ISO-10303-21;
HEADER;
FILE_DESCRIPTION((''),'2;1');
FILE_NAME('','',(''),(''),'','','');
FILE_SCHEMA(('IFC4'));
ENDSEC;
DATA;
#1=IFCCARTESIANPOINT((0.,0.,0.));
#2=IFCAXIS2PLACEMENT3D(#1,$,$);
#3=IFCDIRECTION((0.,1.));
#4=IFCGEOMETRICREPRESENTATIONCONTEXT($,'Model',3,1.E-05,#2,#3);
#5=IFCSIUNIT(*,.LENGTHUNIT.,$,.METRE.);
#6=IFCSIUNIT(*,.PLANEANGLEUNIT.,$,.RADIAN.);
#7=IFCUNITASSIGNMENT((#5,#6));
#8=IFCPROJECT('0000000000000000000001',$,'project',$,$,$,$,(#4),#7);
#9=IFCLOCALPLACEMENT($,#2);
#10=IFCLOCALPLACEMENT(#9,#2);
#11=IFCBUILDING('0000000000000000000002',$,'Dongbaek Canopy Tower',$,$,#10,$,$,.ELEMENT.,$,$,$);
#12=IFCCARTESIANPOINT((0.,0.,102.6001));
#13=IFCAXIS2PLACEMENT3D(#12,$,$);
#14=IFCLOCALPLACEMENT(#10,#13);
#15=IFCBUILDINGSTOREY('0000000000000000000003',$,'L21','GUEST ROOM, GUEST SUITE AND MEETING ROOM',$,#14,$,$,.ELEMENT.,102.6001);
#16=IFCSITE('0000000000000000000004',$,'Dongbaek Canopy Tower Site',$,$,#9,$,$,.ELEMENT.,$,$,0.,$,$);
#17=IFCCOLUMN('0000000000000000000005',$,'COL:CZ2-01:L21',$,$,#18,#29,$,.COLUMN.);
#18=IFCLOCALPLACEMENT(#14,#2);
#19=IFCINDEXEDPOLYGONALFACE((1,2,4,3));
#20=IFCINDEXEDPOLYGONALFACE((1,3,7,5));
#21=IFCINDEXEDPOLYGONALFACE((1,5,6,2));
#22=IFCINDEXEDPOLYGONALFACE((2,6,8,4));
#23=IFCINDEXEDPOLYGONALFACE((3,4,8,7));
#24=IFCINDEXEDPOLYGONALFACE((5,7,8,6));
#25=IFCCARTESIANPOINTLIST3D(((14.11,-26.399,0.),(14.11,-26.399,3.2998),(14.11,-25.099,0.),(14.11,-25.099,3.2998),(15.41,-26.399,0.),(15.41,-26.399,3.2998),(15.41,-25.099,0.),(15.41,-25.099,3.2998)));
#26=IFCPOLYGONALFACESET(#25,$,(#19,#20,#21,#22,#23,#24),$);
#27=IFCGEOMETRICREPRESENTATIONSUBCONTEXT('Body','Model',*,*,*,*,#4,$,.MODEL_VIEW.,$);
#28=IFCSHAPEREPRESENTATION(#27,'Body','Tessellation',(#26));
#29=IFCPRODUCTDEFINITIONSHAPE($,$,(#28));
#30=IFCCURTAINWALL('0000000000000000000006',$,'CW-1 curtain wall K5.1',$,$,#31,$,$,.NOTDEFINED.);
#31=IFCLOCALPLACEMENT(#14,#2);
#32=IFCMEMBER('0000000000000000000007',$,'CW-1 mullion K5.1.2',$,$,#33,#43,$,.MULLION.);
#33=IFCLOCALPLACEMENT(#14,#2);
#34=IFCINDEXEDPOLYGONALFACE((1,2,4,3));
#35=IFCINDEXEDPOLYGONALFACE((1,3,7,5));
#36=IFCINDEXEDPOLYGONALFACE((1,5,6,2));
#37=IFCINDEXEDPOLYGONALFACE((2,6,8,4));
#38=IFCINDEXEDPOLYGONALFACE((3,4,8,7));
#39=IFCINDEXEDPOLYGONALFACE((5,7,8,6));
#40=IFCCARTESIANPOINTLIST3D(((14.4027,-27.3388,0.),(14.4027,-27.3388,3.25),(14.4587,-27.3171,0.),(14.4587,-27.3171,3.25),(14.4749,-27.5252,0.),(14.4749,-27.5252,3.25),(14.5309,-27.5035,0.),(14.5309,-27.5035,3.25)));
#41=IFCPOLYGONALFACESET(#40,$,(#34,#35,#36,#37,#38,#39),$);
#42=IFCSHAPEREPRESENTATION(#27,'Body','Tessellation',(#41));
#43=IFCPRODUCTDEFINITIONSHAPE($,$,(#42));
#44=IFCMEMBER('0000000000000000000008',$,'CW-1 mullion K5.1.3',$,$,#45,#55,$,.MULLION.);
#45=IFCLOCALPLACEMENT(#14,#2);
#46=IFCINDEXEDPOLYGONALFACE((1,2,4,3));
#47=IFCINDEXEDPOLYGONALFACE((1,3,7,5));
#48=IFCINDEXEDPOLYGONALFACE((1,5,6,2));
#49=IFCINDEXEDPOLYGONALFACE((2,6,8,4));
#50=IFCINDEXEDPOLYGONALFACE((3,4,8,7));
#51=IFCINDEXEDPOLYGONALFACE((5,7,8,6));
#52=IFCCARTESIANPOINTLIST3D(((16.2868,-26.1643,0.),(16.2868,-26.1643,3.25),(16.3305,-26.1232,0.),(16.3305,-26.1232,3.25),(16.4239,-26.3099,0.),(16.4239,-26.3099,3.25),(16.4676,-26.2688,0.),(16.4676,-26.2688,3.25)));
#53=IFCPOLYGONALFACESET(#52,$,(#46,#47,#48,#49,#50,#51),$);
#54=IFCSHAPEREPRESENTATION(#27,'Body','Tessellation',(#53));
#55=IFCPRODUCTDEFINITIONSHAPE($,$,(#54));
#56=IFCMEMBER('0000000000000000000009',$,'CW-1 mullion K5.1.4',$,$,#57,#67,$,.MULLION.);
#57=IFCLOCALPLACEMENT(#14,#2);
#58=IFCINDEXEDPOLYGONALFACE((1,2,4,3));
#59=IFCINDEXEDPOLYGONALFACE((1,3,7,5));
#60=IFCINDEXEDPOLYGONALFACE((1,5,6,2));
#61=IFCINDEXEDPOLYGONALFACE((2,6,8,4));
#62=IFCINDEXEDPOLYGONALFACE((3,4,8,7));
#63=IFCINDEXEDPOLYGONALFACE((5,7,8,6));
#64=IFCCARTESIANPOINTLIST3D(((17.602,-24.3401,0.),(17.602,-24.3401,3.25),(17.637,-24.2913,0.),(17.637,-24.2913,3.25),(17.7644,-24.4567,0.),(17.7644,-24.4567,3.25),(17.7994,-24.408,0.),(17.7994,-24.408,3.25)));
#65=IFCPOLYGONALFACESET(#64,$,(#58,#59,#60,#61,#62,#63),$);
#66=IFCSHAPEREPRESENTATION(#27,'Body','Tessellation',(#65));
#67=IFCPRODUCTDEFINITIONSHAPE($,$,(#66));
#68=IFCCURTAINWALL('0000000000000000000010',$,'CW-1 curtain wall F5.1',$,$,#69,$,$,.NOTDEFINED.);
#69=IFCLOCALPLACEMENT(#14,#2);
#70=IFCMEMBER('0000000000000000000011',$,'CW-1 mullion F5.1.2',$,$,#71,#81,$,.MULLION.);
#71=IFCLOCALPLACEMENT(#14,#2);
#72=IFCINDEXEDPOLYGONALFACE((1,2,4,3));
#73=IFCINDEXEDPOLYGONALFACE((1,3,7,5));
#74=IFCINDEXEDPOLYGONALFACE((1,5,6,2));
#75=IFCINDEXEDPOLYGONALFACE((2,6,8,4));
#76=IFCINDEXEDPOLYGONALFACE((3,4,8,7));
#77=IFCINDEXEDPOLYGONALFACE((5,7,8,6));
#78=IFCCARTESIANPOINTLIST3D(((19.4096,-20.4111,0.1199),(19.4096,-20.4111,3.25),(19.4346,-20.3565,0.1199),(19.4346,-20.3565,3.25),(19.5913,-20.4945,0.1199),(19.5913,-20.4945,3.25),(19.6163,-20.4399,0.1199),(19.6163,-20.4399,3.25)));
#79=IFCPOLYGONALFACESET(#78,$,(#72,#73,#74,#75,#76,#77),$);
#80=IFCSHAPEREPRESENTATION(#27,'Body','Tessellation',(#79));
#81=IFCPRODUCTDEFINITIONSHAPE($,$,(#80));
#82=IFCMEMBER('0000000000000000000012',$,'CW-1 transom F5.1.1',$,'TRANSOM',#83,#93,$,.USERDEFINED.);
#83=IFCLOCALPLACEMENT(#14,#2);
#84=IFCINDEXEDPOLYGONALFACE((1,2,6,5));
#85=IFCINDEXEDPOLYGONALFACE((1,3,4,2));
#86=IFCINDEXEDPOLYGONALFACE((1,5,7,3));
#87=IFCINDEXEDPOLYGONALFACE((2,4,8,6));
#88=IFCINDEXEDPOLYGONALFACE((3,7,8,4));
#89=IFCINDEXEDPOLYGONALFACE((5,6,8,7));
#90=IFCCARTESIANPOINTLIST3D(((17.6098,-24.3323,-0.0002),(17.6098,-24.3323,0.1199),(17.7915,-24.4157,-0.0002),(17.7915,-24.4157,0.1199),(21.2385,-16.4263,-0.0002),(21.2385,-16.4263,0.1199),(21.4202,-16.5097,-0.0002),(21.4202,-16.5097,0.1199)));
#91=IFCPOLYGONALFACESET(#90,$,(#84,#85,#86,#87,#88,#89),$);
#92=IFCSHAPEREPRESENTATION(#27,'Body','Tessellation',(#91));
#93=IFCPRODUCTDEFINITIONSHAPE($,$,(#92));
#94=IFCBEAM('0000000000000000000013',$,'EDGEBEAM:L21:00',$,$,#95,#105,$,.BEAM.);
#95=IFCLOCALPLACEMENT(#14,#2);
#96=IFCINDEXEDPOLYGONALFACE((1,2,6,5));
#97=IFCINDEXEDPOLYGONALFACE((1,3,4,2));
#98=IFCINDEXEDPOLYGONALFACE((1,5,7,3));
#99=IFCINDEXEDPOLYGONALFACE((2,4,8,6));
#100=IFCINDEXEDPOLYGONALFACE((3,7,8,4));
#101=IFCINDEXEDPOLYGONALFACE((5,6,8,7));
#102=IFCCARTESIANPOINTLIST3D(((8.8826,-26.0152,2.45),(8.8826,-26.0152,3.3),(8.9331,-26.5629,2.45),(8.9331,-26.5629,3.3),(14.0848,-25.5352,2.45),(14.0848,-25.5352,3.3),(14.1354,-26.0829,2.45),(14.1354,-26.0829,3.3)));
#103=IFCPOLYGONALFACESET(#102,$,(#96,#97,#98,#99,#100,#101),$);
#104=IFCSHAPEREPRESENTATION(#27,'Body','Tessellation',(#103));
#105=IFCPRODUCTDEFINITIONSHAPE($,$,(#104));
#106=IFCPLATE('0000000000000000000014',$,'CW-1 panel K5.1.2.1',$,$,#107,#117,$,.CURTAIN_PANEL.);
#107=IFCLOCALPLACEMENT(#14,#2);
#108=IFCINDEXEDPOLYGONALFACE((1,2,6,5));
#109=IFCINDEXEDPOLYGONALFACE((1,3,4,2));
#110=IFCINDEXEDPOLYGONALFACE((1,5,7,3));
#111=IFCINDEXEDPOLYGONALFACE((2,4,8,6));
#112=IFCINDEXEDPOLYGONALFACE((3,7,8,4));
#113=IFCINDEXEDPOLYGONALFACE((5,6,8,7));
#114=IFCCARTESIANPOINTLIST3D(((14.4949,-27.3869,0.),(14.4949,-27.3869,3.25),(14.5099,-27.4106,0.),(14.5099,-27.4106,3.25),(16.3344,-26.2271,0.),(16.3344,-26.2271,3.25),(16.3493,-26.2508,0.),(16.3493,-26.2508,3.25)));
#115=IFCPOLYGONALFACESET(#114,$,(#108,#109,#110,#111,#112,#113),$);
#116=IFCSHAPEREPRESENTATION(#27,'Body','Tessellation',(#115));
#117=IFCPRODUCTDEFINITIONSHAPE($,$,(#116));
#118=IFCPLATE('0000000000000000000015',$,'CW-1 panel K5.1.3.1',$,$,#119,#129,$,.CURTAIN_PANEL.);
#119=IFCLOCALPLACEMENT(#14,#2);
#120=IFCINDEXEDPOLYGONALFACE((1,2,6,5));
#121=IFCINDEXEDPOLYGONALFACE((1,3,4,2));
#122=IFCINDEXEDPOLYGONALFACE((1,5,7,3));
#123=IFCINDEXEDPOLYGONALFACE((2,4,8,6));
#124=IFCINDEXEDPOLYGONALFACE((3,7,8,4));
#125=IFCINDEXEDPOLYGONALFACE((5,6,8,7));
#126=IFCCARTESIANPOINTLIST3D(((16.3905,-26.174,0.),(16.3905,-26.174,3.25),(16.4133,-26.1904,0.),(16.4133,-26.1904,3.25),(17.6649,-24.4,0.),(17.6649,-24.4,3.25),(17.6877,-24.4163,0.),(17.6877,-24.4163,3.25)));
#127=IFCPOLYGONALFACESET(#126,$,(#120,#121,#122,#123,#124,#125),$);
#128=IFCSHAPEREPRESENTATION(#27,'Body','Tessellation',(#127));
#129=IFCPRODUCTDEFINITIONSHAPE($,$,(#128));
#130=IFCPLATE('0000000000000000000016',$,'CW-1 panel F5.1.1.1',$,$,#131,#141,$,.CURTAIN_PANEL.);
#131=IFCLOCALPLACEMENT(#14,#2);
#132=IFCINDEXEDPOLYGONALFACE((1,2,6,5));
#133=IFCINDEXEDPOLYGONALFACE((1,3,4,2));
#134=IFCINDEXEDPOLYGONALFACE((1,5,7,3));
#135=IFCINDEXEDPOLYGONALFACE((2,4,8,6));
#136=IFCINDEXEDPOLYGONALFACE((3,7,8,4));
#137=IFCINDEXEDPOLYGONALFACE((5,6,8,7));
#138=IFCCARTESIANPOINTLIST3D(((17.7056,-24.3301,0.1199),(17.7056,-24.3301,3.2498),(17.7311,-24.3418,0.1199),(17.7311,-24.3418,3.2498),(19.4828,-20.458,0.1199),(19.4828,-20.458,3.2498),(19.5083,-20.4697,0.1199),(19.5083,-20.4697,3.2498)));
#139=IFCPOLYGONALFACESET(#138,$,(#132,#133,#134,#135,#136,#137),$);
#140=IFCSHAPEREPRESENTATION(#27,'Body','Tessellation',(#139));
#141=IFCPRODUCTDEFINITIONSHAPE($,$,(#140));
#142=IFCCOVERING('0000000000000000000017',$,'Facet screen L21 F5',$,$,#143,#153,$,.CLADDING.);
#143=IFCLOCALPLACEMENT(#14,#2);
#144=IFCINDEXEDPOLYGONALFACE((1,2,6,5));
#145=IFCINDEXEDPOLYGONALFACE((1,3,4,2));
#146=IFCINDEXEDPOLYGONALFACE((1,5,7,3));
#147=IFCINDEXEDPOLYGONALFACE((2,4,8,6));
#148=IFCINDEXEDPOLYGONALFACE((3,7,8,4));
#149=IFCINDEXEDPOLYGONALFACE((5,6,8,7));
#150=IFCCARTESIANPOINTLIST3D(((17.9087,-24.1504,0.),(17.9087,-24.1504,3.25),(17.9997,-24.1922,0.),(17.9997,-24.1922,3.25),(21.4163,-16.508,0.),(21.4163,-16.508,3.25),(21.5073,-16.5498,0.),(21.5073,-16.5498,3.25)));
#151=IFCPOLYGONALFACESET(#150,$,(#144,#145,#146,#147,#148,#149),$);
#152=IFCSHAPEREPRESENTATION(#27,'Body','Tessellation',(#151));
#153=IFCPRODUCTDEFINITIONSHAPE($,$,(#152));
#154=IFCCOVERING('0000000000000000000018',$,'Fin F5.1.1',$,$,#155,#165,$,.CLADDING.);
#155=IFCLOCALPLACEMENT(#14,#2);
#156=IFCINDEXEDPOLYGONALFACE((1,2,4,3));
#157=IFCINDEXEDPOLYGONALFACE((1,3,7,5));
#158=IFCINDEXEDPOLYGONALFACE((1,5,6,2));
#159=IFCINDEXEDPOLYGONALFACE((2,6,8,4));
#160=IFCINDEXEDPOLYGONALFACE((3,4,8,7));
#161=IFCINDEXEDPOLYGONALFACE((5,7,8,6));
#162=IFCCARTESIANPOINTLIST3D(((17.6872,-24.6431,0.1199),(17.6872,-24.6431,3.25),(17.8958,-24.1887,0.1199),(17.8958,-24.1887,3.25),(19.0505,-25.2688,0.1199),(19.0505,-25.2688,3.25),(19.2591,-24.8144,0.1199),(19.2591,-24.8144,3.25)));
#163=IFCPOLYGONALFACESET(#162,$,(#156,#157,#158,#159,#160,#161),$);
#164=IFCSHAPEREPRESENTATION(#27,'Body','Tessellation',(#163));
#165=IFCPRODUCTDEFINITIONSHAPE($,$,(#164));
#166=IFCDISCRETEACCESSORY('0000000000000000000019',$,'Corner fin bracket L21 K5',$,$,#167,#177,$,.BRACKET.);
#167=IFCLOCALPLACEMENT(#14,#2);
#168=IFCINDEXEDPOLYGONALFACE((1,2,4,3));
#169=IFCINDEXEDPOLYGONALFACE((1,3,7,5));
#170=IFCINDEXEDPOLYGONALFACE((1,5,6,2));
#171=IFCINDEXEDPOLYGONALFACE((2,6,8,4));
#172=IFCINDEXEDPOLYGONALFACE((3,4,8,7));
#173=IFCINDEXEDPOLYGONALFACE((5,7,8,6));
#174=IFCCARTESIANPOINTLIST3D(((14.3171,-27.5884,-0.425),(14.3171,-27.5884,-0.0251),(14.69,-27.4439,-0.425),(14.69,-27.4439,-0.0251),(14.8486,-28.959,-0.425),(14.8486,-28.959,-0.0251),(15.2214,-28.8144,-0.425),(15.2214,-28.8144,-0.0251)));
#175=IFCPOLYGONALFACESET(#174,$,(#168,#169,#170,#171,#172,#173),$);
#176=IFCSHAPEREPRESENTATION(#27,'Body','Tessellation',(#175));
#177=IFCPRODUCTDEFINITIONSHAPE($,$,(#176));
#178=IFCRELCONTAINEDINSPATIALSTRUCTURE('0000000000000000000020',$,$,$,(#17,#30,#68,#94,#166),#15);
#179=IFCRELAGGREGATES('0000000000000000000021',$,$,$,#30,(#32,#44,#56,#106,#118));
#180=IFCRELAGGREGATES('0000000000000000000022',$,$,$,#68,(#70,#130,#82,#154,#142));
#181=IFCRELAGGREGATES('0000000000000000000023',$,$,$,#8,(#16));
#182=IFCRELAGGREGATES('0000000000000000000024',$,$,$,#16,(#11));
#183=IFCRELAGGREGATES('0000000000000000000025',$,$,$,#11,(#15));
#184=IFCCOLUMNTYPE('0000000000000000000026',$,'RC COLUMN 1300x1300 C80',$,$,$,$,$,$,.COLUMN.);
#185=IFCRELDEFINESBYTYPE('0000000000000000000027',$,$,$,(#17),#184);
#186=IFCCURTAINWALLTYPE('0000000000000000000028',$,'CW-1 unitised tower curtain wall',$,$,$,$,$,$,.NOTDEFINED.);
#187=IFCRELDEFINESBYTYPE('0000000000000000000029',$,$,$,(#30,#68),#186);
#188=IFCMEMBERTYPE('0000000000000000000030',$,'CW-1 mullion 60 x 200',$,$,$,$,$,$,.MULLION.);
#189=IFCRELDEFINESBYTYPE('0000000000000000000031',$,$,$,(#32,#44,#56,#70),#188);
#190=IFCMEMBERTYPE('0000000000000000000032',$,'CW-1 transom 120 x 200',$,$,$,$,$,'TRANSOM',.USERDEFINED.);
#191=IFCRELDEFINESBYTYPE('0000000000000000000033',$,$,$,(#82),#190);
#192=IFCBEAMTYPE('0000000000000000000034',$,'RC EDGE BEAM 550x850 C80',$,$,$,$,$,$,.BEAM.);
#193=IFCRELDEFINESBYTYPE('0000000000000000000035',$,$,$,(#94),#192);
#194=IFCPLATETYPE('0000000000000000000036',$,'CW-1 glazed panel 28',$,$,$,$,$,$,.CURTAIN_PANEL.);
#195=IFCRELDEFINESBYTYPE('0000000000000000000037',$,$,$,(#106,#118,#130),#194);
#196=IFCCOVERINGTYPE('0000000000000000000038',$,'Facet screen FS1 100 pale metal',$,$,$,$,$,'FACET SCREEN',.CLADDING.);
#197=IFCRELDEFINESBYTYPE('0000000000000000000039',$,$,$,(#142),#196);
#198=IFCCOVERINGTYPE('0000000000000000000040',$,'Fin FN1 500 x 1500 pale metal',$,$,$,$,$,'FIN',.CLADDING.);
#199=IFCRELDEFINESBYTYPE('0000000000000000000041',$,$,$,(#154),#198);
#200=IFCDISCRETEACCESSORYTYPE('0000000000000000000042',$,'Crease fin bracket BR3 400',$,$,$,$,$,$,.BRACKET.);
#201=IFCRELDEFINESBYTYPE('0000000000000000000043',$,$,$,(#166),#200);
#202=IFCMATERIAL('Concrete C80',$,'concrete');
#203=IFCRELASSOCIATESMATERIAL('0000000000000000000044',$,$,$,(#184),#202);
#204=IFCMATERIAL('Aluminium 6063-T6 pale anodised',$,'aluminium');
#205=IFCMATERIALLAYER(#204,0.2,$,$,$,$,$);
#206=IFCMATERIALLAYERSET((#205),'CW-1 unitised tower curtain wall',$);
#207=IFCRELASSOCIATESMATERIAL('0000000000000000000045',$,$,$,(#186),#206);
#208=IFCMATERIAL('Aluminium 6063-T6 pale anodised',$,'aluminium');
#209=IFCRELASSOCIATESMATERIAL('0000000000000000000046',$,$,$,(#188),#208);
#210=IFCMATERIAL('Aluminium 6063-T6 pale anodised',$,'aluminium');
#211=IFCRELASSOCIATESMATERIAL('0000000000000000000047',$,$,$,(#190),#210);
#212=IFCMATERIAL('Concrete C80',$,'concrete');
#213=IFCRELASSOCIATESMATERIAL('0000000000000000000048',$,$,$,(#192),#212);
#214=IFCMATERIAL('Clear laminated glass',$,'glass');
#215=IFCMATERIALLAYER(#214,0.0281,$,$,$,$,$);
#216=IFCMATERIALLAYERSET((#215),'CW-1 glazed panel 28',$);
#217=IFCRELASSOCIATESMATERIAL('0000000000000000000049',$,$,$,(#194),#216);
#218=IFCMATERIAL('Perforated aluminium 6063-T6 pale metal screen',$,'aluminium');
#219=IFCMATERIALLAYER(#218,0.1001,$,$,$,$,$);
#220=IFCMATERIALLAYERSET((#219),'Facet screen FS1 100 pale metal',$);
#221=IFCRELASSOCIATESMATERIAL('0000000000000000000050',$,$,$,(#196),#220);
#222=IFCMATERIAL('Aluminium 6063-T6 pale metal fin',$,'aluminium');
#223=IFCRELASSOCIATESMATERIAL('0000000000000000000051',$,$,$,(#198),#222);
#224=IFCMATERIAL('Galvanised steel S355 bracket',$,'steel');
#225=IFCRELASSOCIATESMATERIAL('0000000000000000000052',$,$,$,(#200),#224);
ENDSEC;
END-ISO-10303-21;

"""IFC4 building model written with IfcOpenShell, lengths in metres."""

from ifc_helpers import new_model, si_unit, direction, frame, origin, origin_2d, place, context, subcontext, project, spatial, rectangle, extrude, material, layer, layer_set, material_profile, profile_set, type_object, element, aggregate, save


model = new_model("IFC4")

# Units and contexts
model_context = context("Model", 3, precision=1e-05, world=origin(), true_north=direction((0.0, 1.0)))
body_context = subcontext(model_context, "Body", "Model", "MODEL_VIEW")
ifc_project = project(units=[si_unit("LENGTHUNIT", "METRE"), si_unit("PLANEANGLEUNIT", "RADIAN")], contexts=[model_context])

# Site, building, storey
site_placement = place(None, origin())
site = spatial("IfcSite", under=ifc_project, at=site_placement, Name="Dongbaek Canopy Tower Site", CompositionType="ELEMENT", RefElevation=0.0)
building_placement = place(site_placement, origin())
building = spatial("IfcBuilding", under=site, at=building_placement, Name="Dongbaek Canopy Tower", CompositionType="ELEMENT")
storey_placement = place(building_placement, frame((0.0, 0.0, 102.6001)))
storey = spatial("IfcBuildingStorey", under=building, at=storey_placement, Name="L21", Description="GUEST ROOM, GUEST SUITE AND MEETING ROOM", CompositionType="ELEMENT", Elevation=102.6001)

# Column
ifc_material_1 = material(Name="Concrete C80", Category="concrete")
ifc_material_profile_1 = material_profile(ifc_material_1, rectangle(XDim=1.3, YDim=1.3, at=origin_2d()), Name="RC COLUMN 1300x1300 C80")
ifc_profile_set_1 = profile_set([ifc_material_profile_1], Name="Concrete C80")
column_type = type_object("IfcColumnType", Name="RC COLUMN 1300x1300 C80", PredefinedType="COLUMN", material=ifc_profile_set_1)
column_placement = place(storey_placement, frame((14.76, -25.749, 0.0), z_axis=(0.0, 0.0, 1.0), x_axis=(1.0, 0.0, 0.0)))
element("IfcColumn", 1, at=column_placement, inside=storey, type_object=column_type, Name="COL:CZ2-01:L21", PredefinedType="COLUMN", context=body_context, shape_type="SweptSolid", body=[
    extrude(rectangle(XDim=1.3, YDim=1.3, at=origin_2d()), origin(), (0.0, 0.0, 1.0), 3.2998),
])

# Curtain walls, members
ifc_material_2 = material(Name="Aluminium 6063-T6 pale anodised", Category="aluminium")
ifc_layer_1 = layer(ifc_material_2, 0.2)
ifc_layer_set_1 = layer_set([ifc_layer_1], Name="CW-1 unitised tower curtain wall")
curtain_wall_type = type_object("IfcCurtainWallType", Name="CW-1 unitised tower curtain wall", PredefinedType="NOTDEFINED", material=ifc_layer_set_1)
curtain_wall_1_placement = place(storey_placement, origin())
curtain_wall_1 = element("IfcCurtainWall", 2, at=curtain_wall_1_placement, inside=storey, type_object=curtain_wall_type, Name="CW-1 curtain wall K5.1", PredefinedType="NOTDEFINED")
ifc_material_3 = material(Name="Aluminium 6063-T6 pale anodised", Category="aluminium")
ifc_material_profile_2 = material_profile(ifc_material_3, rectangle(XDim=0.2, YDim=0.0601, at=origin_2d()), Name="CW-1 mullion 60 x 200")
ifc_profile_set_2 = profile_set([ifc_material_profile_2], Name="Aluminium 6063-T6 pale anodised")
member_type_1 = type_object("IfcMemberType", Name="CW-1 mullion 60 x 200", PredefinedType="MULLION", material=ifc_profile_set_2)
member_1_placement = place(storey_placement, frame((14.4668, -27.4211, 0.0), z_axis=(0.0, 0.0, 1.0), x_axis=(0.361519, -0.932365, 0.0)))
member_1 = element("IfcMember", 3, at=member_1_placement, type_object=member_type_1, Name="CW-1 mullion K5.1.2", PredefinedType="MULLION", context=body_context, shape_type="SweptSolid", body=[
    extrude(rectangle(XDim=0.2, YDim=0.0601, at=origin_2d()), origin(), (0.0, 0.0, 1.0), 3.25),
])
member_2_placement = place(storey_placement, frame((16.3772, -26.2166, 0.0), z_axis=(0.0, 0.0, 1.0), x_axis=(0.685439, -0.72813, 0.0)))
member_2 = element("IfcMember", 4, at=member_2_placement, type_object=member_type_1, Name="CW-1 mullion K5.1.3", PredefinedType="MULLION", context=body_context, shape_type="SweptSolid", body=[
    extrude(rectangle(XDim=0.2, YDim=0.0601, at=origin_2d()), origin(), (0.0, 0.0, 1.0), 3.25),
])
member_3_placement = place(storey_placement, frame((17.7007, -24.374, 0.0), z_axis=(0.0, 0.0, 1.0), x_axis=(0.812169, -0.583422, 0.0)))
member_3 = element("IfcMember", 5, at=member_3_placement, type_object=member_type_1, Name="CW-1 mullion K5.1.4", PredefinedType="MULLION", context=body_context, shape_type="SweptSolid", body=[
    extrude(rectangle(XDim=0.2, YDim=0.0601, at=origin_2d()), origin(), (0.0, 0.0, 1.0), 3.25),
])
curtain_wall_2_placement = place(storey_placement, origin())
curtain_wall_2 = element("IfcCurtainWall", 6, at=curtain_wall_2_placement, inside=storey, type_object=curtain_wall_type, Name="CW-1 curtain wall F5.1", PredefinedType="NOTDEFINED")
member_4_placement = place(storey_placement, frame((19.5129, -20.4255, 0.1199), z_axis=(0.0, 0.0, 1.0), x_axis=(0.908849, -0.417126, 0.0)))
member_4 = element("IfcMember", 7, at=member_4_placement, type_object=member_type_1, Name="CW-1 mullion F5.1.2", PredefinedType="MULLION", context=body_context, shape_type="SweptSolid", body=[
    extrude(rectangle(XDim=0.2, YDim=0.0601, at=origin_2d()), origin(), (0.0, 0.0, 1.0), 3.1301),
])
ifc_material_4 = material(Name="Aluminium 6063-T6 pale anodised", Category="aluminium")
ifc_material_profile_3 = material_profile(ifc_material_4, rectangle(XDim=0.2, YDim=0.1201, at=origin_2d()), Name="CW-1 transom 120 x 200")
ifc_profile_set_3 = profile_set([ifc_material_profile_3], Name="Aluminium 6063-T6 pale anodised")
member_type_2 = type_object("IfcMemberType", Name="CW-1 transom 120 x 200", ElementType="TRANSOM", PredefinedType="USERDEFINED", material=ifc_profile_set_3)
member_5_placement = place(storey_placement, frame((17.7007, -24.374, 0.0598), z_axis=(0.417137, 0.908844, 0.0), x_axis=(-0.908844, 0.417137, 0.0)))
member_5 = element("IfcMember", 8, at=member_5_placement, type_object=member_type_2, Name="CW-1 transom F5.1.1", ObjectType="TRANSOM", PredefinedType="USERDEFINED", context=body_context, shape_type="SweptSolid", body=[
    extrude(rectangle(XDim=0.2, YDim=0.1201, at=origin_2d()), origin(), (0.0, 0.0, 1.0), 8.699),
])

# Beam
ifc_material_5 = material(Name="Concrete C80", Category="concrete")
ifc_material_profile_4 = material_profile(ifc_material_5, rectangle(XDim=0.55, YDim=0.8501, at=origin_2d()), Name="RC EDGE BEAM 550x850 C80")
ifc_profile_set_4 = profile_set([ifc_material_profile_4], Name="Concrete C80")
beam_type = type_object("IfcBeamType", Name="RC EDGE BEAM 550x850 C80", PredefinedType="BEAM", material=ifc_profile_set_4)
beam_placement = place(storey_placement, frame((14.1101, -25.8091, 2.875), z_axis=(-0.99577, -0.091876, 0.0), x_axis=(0.091876, -0.99577, 0.0)))
element("IfcBeam", 9, at=beam_placement, inside=storey, type_object=beam_type, Name="EDGEBEAM:L21:00", PredefinedType="BEAM", context=body_context, shape_type="SweptSolid", body=[
    extrude(rectangle(XDim=0.55, YDim=0.8501, at=origin_2d()), origin(), (0.0, 0.0, 1.0), 5.2244),
])

# Plates
ifc_material_6 = material(Name="Clear laminated glass", Category="glass")
ifc_layer_2 = layer(ifc_material_6, 0.0281)
ifc_layer_set_2 = layer_set([ifc_layer_2], Name="CW-1 glazed panel 28")
plate_type = type_object("IfcPlateType", Name="CW-1 glazed panel 28", PredefinedType="CURTAIN_PANEL", material=ifc_layer_set_2)
plate_1_placement = place(storey_placement, frame((15.4221, -26.8188, 0.0), z_axis=(0.0, 0.0, 1.0), x_axis=(0.845897, 0.533346, 0.0)))
plate_1 = element("IfcPlate", 10, at=plate_1_placement, type_object=plate_type, Name="CW-1 panel K5.1.2.1", PredefinedType="CURTAIN_PANEL", context=body_context, shape_type="SweptSolid", body=[
    extrude(rectangle(XDim=2.1746, YDim=0.0281, at=origin_2d()), origin(), (0.0, 0.0, 1.0), 3.25),
])
plate_2_placement = place(storey_placement, frame((17.0391, -25.2952, 0.0), z_axis=(0.0, 0.0, 1.0), x_axis=(0.583422, 0.812169, 0.0)))
plate_2 = element("IfcPlate", 11, at=plate_2_placement, type_object=plate_type, Name="CW-1 panel K5.1.3.1", PredefinedType="CURTAIN_PANEL", context=body_context, shape_type="SweptSolid", body=[
    extrude(rectangle(XDim=2.1843, YDim=0.0281, at=origin_2d()), origin(), (0.0, 0.0, 1.0), 3.25),
])
aggregate(curtain_wall_1, [member_1, member_2, member_3, plate_1, plate_2])
plate_3_placement = place(storey_placement, frame((18.6069, -22.3999, 0.1199), z_axis=(0.0, 0.0, 1.0), x_axis=(0.417126, 0.908849, 0.0)))
plate_3 = element("IfcPlate", 12, at=plate_3_placement, type_object=plate_type, Name="CW-1 panel F5.1.1.1", PredefinedType="CURTAIN_PANEL", context=body_context, shape_type="SweptSolid", body=[
    extrude(rectangle(XDim=4.2605, YDim=0.0281, at=origin_2d()), origin(), (0.0, 0.0, 1.0), 3.1299),
])

# Coverings
ifc_material_7 = material(Name="Perforated aluminium 6063-T6 pale metal screen", Category="aluminium")
ifc_layer_3 = layer(ifc_material_7, 0.1001)
ifc_layer_set_3 = layer_set([ifc_layer_3], Name="Facet screen FS1 100 pale metal")
covering_type_1 = type_object("IfcCoveringType", Name="Facet screen FS1 100 pale metal", ElementType="FACET SCREEN", PredefinedType="CLADDING", material=ifc_layer_set_3)
covering_1_placement = place(storey_placement, frame((19.708, -20.3501, 0.0), z_axis=(0.0, 0.0, 1.0), x_axis=(0.417126, 0.908848, 0.0)))
covering_1 = element("IfcCovering", 13, at=covering_1_placement, type_object=covering_type_1, Name="Facet screen L21 F5", PredefinedType="CLADDING", context=body_context, shape_type="SweptSolid", body=[
    extrude(rectangle(XDim=8.4089, YDim=0.1001, at=origin_2d()), origin(), (0.0, 0.0, 1.0), 3.25),
])
ifc_material_8 = material(Name="Aluminium 6063-T6 pale metal fin", Category="aluminium")
ifc_material_profile_5 = material_profile(ifc_material_8, rectangle(XDim=1.5, YDim=0.5, at=origin_2d()), Name="Fin FN1 500 x 1500 pale metal")
ifc_profile_set_5 = profile_set([ifc_material_profile_5], Name="Aluminium 6063-T6 pale metal fin")
covering_type_2 = type_object("IfcCoveringType", Name="Fin FN1 500 x 1500 pale metal", ElementType="FIN", PredefinedType="CLADDING", material=ifc_profile_set_5)
covering_2_placement = place(storey_placement, frame((18.4731, -24.7288, 0.1199), z_axis=(0.0, 0.0, 1.0), x_axis=(0.908849, -0.417126, 0.0)))
covering_2 = element("IfcCovering", 14, at=covering_2_placement, type_object=covering_type_2, Name="Fin F5.1.1", PredefinedType="CLADDING", context=body_context, shape_type="SweptSolid", body=[
    extrude(rectangle(XDim=1.5, YDim=0.5, at=origin_2d()), origin(), (0.0, 0.0, 1.0), 3.1301),
])
aggregate(curtain_wall_2, [member_4, plate_3, member_5, covering_2, covering_1])

# Discrete accessory
ifc_material_9 = material(Name="Galvanised steel S355 bracket", Category="steel")
discrete_accessory_type = type_object("IfcDiscreteAccessoryType", Name="Crease fin bracket BR3 400", PredefinedType="BRACKET", material=ifc_material_9)
discrete_accessory_placement = place(storey_placement, frame((14.7693, -28.2014, -0.425), z_axis=(0.0, 0.0, 1.0), x_axis=(0.361519, -0.932365, 0.0)))
element("IfcDiscreteAccessory", 15, at=discrete_accessory_placement, inside=storey, type_object=discrete_accessory_type, Name="Corner fin bracket L21 K5", PredefinedType="BRACKET", context=body_context, shape_type="SweptSolid", body=[
    extrude(rectangle(XDim=1.47, YDim=0.3999, at=origin_2d()), origin(), (0.0, 0.0, 1.0), 0.3999),
])

save(model, "model.ifc")
